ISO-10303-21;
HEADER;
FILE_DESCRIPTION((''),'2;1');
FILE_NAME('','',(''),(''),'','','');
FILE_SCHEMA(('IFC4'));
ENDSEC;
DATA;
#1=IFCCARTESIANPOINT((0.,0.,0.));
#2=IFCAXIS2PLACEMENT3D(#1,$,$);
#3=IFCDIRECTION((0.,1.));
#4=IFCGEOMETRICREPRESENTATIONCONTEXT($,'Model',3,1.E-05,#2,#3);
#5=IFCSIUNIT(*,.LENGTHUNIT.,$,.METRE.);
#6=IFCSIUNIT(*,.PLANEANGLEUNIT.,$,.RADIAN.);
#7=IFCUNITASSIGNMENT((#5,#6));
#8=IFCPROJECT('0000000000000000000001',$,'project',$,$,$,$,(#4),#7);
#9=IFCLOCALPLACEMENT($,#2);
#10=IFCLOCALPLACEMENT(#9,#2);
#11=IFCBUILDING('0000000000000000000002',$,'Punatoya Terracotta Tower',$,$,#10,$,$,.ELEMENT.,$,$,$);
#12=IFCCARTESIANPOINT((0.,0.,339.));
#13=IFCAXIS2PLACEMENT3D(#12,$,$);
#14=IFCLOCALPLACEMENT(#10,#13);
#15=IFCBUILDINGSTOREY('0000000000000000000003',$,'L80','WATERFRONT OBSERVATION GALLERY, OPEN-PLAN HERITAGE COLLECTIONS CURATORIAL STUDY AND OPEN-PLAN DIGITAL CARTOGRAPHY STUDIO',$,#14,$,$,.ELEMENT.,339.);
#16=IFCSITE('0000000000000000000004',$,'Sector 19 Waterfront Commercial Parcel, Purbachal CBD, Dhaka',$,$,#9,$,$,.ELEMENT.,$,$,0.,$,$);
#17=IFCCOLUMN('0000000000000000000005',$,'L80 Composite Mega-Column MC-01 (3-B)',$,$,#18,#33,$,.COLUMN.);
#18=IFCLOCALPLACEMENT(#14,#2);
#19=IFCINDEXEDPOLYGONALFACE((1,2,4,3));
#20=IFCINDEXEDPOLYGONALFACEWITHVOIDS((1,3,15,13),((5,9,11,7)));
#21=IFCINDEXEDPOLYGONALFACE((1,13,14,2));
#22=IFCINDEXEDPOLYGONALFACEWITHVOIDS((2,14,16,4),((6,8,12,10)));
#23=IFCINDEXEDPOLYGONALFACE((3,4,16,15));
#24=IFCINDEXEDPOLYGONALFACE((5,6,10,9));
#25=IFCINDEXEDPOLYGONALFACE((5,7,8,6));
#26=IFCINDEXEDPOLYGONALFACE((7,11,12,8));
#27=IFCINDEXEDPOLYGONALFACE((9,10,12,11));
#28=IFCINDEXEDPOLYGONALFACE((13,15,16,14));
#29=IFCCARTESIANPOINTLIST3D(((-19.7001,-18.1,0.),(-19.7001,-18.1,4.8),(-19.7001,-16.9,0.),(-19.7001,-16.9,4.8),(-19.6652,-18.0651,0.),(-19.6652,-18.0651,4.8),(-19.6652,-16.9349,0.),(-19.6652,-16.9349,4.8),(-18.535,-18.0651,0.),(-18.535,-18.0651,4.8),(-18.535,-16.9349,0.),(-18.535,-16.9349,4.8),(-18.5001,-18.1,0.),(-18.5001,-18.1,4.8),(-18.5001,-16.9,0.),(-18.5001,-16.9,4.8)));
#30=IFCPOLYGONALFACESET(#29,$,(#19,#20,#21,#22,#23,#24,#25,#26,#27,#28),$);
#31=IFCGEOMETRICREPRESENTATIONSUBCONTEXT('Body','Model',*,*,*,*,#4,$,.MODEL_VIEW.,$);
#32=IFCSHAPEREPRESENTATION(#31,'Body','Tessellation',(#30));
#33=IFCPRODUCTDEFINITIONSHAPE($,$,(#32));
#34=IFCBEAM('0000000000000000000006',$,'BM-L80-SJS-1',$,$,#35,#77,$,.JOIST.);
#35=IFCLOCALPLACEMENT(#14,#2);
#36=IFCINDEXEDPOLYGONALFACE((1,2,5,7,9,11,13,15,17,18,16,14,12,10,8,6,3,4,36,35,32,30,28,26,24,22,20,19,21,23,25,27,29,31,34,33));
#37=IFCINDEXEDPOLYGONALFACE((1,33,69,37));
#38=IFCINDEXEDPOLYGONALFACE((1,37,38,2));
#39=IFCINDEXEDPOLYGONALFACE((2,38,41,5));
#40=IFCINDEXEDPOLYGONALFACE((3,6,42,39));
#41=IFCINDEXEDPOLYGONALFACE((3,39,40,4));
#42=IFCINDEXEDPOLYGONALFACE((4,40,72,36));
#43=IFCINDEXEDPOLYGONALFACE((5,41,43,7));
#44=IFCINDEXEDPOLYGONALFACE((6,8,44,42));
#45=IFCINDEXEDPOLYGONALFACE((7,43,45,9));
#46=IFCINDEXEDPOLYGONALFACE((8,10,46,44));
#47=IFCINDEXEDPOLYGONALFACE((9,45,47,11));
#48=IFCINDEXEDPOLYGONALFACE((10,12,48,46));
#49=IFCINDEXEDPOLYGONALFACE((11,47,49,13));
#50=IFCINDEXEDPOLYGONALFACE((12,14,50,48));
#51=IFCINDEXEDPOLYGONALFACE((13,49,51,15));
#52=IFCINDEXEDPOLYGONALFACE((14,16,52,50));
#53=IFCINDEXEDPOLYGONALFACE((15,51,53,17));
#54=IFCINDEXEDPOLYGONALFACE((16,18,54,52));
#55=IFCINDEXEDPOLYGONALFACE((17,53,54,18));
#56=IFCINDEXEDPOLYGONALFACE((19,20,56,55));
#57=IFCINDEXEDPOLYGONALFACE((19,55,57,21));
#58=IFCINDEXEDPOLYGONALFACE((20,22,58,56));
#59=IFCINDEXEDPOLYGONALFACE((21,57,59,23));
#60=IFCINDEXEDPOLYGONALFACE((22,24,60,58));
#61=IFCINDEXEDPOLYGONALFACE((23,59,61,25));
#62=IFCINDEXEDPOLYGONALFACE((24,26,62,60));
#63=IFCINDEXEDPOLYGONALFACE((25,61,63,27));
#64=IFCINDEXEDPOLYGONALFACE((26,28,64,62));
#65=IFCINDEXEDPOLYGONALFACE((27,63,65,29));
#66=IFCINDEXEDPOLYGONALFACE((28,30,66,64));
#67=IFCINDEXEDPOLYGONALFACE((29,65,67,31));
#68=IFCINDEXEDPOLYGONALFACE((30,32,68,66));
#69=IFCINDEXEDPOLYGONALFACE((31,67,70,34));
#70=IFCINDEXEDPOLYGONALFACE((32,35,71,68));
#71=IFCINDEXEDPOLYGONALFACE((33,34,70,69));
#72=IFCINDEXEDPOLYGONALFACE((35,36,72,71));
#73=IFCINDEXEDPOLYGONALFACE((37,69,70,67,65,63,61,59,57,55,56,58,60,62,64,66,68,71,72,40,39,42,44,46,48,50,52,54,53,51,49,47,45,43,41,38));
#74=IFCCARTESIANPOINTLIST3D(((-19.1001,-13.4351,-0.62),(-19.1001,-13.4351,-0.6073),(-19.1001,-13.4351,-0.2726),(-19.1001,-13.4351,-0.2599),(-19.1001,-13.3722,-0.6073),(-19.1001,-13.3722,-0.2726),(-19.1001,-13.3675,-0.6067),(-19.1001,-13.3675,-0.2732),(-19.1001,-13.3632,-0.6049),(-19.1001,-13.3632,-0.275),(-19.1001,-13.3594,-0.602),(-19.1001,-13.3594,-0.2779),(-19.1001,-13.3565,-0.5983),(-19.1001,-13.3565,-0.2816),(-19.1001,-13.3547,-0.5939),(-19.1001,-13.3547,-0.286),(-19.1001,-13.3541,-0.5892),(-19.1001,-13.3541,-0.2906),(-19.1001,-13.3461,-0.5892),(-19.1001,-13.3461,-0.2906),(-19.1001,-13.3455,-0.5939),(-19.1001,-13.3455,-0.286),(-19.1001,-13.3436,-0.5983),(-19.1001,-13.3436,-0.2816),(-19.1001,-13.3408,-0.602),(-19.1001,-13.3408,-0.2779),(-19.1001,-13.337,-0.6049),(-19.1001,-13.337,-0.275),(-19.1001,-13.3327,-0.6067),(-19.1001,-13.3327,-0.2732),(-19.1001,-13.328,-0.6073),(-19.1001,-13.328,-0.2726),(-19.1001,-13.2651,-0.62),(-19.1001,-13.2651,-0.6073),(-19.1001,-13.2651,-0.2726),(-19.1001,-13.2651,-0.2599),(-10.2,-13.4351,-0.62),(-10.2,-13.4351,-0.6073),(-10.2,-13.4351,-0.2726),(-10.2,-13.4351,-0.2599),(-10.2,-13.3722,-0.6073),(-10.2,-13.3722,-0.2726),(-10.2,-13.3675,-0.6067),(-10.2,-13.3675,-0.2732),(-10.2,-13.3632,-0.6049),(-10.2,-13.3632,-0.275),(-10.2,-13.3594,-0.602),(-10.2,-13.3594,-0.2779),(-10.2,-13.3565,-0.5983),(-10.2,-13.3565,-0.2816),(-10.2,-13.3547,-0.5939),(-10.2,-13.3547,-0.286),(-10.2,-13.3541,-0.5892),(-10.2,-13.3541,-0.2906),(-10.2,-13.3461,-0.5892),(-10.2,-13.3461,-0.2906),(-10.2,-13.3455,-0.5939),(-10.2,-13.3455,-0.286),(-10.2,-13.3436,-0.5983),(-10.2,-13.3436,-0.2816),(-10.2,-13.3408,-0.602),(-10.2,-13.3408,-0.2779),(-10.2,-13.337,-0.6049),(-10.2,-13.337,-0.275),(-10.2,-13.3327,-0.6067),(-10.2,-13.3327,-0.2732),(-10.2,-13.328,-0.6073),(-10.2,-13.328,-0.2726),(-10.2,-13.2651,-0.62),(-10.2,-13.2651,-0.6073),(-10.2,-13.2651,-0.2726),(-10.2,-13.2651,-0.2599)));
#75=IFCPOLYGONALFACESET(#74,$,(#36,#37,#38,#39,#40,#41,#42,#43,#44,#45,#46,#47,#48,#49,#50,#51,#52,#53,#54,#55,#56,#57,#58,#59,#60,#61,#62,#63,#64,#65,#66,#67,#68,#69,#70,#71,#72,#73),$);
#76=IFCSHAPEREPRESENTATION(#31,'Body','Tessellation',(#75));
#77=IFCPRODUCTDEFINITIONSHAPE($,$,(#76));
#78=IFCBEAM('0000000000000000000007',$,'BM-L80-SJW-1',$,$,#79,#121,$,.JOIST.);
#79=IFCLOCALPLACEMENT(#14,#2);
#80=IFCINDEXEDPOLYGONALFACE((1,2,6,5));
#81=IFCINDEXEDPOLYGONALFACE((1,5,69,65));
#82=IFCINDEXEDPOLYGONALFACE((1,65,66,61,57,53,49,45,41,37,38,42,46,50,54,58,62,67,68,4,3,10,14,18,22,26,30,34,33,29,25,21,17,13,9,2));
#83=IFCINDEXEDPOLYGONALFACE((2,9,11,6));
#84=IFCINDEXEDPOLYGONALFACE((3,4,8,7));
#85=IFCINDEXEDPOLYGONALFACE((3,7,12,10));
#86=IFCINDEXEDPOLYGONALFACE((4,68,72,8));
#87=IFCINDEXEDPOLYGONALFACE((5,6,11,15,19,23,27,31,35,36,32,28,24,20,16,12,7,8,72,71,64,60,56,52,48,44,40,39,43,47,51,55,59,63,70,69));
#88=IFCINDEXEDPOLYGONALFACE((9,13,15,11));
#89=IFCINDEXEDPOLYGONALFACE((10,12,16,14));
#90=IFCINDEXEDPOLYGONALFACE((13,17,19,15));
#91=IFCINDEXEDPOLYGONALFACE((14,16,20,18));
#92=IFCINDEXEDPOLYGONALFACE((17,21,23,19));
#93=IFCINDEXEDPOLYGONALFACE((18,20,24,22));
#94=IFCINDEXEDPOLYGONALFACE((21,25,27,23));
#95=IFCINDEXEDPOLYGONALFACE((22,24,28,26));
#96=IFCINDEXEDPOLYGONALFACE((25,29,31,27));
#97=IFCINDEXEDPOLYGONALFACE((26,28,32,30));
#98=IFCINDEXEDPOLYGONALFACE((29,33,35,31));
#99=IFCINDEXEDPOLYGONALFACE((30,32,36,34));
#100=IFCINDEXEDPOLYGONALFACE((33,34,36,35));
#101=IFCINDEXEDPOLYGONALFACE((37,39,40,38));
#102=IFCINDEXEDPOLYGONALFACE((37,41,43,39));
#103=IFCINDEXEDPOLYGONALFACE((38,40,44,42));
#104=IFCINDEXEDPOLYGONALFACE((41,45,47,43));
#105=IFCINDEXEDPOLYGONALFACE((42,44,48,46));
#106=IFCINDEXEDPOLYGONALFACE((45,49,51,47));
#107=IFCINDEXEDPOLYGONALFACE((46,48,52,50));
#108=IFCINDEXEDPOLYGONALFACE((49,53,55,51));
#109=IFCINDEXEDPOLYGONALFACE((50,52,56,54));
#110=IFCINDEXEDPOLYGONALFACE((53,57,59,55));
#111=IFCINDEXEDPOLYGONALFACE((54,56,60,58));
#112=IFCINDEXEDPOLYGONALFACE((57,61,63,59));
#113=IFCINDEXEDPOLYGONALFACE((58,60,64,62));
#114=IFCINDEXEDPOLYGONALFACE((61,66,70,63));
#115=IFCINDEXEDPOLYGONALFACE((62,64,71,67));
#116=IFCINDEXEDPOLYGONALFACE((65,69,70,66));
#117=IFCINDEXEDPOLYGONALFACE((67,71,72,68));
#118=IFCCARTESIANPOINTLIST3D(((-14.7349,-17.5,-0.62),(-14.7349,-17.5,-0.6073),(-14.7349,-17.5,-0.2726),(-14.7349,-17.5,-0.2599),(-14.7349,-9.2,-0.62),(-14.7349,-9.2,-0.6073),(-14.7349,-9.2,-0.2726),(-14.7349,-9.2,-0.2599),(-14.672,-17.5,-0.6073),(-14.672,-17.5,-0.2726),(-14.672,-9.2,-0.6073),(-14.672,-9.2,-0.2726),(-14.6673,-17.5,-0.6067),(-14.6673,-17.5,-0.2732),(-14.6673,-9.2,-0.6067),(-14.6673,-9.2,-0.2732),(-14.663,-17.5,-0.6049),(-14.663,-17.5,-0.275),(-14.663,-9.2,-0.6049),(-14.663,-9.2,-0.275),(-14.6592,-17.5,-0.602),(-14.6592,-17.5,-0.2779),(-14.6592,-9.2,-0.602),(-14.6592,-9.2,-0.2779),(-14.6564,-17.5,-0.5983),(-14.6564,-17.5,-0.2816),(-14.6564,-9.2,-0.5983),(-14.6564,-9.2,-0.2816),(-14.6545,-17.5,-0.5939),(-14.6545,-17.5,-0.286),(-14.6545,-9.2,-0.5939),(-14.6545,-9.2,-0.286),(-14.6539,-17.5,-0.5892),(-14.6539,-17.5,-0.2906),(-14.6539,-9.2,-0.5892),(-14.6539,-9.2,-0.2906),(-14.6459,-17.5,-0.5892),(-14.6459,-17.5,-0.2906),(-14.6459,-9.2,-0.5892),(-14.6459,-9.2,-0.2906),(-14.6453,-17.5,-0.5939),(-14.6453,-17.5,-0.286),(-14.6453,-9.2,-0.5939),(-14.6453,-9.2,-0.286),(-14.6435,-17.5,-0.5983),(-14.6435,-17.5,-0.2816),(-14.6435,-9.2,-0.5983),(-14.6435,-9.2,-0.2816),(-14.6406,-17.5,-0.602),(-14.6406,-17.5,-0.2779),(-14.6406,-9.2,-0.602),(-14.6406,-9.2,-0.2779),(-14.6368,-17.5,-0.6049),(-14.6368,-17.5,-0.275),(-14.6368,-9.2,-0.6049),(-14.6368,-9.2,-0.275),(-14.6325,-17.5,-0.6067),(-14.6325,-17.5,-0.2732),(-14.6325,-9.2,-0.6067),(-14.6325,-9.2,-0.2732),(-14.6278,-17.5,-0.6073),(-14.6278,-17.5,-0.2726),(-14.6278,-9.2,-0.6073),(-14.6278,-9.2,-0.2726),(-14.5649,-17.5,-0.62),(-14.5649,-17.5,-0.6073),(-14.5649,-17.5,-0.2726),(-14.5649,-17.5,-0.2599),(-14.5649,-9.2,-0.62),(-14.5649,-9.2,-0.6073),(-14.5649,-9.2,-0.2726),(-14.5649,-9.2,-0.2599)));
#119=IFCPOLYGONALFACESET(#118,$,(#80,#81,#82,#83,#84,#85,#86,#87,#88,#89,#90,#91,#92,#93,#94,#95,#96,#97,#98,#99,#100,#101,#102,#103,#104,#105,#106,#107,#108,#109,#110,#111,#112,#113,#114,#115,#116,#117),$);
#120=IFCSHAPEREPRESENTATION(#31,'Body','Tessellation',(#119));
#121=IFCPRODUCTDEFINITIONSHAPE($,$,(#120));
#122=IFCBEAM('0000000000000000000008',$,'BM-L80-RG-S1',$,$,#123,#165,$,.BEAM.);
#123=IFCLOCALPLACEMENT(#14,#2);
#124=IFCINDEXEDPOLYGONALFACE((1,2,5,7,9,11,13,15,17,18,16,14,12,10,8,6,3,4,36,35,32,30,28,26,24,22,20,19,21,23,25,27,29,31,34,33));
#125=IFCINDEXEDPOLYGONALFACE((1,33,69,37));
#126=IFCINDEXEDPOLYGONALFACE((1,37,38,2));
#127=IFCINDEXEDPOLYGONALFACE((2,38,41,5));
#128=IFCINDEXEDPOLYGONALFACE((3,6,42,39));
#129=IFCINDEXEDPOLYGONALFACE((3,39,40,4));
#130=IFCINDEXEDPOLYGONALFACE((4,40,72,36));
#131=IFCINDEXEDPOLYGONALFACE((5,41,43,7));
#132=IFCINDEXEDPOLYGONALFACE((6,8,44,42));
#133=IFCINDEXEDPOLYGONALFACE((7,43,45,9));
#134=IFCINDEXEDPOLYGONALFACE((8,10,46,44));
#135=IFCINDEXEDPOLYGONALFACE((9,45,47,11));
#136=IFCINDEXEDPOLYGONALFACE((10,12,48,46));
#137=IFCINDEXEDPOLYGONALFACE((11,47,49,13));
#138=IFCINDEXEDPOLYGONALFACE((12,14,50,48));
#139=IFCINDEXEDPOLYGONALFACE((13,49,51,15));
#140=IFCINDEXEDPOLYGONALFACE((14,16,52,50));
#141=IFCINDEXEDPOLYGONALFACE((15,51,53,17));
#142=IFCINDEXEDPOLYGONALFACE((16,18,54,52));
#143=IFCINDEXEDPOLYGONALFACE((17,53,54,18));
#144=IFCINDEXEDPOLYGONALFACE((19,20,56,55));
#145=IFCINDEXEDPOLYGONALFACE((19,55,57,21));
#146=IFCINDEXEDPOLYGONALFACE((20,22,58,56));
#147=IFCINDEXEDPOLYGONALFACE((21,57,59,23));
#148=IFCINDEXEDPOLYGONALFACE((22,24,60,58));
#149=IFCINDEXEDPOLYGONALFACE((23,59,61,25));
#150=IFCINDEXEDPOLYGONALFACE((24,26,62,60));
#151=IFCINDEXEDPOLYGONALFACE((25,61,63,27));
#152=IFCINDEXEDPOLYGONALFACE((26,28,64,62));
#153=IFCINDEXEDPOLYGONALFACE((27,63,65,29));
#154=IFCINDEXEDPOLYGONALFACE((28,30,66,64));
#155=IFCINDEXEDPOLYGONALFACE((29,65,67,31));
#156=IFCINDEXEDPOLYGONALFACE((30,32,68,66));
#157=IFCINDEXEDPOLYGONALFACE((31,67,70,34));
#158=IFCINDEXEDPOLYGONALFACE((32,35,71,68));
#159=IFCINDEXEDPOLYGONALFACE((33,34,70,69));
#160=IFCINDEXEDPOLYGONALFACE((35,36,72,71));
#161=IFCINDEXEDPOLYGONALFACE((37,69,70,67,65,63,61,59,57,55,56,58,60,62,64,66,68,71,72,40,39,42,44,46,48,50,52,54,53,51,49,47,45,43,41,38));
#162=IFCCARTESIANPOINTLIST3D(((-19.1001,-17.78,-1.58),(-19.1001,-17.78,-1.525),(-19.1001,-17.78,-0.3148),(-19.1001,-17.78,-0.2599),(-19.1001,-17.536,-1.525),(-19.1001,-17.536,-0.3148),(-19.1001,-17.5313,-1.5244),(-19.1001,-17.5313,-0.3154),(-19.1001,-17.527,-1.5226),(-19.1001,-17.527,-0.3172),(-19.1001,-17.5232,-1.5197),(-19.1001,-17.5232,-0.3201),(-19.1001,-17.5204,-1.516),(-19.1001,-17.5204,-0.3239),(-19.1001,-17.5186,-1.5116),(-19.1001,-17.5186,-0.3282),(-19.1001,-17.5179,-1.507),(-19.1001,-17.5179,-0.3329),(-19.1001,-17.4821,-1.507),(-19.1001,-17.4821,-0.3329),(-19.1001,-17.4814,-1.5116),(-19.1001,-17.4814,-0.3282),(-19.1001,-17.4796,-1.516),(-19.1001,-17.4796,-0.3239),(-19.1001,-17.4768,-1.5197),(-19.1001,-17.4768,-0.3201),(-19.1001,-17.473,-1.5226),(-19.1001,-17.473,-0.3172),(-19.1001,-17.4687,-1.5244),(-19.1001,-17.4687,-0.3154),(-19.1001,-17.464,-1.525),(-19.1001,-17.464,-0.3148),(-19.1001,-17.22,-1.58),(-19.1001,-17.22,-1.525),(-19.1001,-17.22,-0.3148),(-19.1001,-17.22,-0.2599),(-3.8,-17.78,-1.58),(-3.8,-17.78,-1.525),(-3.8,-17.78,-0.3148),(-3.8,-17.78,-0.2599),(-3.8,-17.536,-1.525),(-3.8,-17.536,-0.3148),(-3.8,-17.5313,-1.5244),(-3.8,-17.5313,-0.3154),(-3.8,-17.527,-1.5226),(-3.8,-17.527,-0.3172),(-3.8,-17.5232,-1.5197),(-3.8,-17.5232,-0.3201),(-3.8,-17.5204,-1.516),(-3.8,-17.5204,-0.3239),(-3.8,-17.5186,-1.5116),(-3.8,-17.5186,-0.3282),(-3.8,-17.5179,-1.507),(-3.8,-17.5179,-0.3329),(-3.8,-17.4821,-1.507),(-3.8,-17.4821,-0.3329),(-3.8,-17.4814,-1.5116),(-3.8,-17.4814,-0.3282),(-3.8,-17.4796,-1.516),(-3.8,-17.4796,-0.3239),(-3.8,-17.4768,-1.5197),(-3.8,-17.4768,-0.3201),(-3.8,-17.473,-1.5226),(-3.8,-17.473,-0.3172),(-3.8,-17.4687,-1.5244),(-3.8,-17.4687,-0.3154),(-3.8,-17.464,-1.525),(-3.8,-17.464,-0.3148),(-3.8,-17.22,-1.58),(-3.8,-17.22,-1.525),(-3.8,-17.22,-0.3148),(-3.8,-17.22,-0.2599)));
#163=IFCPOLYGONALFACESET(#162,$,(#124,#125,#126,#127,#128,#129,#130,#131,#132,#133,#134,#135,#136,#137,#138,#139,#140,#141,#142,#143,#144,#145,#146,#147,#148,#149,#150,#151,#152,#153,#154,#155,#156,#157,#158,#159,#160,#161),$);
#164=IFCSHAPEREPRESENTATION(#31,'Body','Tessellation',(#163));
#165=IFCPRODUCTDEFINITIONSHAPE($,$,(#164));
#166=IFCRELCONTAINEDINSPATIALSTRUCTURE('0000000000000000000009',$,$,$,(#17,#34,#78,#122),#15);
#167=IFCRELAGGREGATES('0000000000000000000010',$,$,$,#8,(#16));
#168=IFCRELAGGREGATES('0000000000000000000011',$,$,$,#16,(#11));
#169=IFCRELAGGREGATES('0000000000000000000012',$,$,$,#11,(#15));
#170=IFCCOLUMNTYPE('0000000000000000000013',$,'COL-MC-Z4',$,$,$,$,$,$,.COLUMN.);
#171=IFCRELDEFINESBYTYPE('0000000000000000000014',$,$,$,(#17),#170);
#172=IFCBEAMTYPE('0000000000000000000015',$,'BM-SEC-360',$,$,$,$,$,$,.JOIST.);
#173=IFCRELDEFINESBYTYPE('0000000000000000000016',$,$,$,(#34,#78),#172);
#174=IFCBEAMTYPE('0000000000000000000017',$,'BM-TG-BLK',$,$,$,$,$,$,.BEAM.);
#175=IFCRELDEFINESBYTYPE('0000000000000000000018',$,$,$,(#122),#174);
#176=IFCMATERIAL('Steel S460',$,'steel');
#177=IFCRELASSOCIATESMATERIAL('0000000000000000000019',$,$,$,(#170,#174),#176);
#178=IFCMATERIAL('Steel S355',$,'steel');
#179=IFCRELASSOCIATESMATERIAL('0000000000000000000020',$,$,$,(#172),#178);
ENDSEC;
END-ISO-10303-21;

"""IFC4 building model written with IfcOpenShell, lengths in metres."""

from ifc_helpers import new_model, si_unit, direction, frame, origin, origin_2d, place, context, subcontext, project, spatial, hollow_rectangle, i_section, extrude, material, material_profile, profile_set, type_object, element, save


model = new_model("IFC4")

# Units and contexts
model_context = context("Model", 3, precision=1e-05, world=origin(), true_north=direction((0.0, 1.0)))
body_context = subcontext(model_context, "Body", "Model", "MODEL_VIEW")
ifc_project = project(units=[si_unit("LENGTHUNIT", "METRE"), si_unit("PLANEANGLEUNIT", "RADIAN")], contexts=[model_context])

# Site, building, storey
site_placement = place(None, origin())
site = spatial("IfcSite", under=ifc_project, at=site_placement, Name="Sector 19 Waterfront Commercial Parcel, Purbachal CBD, Dhaka", CompositionType="ELEMENT", RefElevation=0.0)
building_placement = place(site_placement, origin())
building = spatial("IfcBuilding", under=site, at=building_placement, Name="Punatoya Terracotta Tower", CompositionType="ELEMENT")
storey_placement = place(building_placement, frame((0.0, 0.0, 339.0)))
storey = spatial("IfcBuildingStorey", under=building, at=storey_placement, Name="L80", Description="WATERFRONT OBSERVATION GALLERY, OPEN-PLAN HERITAGE COLLECTIONS CURATORIAL STUDY AND OPEN-PLAN DIGITAL CARTOGRAPHY STUDIO", CompositionType="ELEMENT", Elevation=339.0)

# Column
ifc_material_1 = material(Name="Steel S460", Category="steel")
ifc_material_profile_1 = material_profile(ifc_material_1, hollow_rectangle(XDim=1.2, YDim=1.2, WallThickness=0.0349, at=origin_2d()))
ifc_profile_set_1 = profile_set([ifc_material_profile_1], Name="Steel S460")
column_type = type_object("IfcColumnType", Name="COL-MC-Z4", PredefinedType="COLUMN", material=ifc_profile_set_1)
column_placement = place(storey_placement, frame((-19.1001, -17.5, 0.0), z_axis=(0.0, 0.0, 1.0), x_axis=(1.0, 0.0, 0.0)))
element("IfcColumn", 1, at=column_placement, inside=storey, type_object=column_type, Name="L80 Composite Mega-Column MC-01 (3-B)", PredefinedType="COLUMN", context=body_context, shape_type="SweptSolid", body=[
    extrude(hollow_rectangle(XDim=1.2, YDim=1.2, WallThickness=0.0349, at=origin_2d()), origin(), (0.0, 0.0, 1.0), 4.8),
])

# Beams
ifc_material_2 = material(Name="Steel S355", Category="steel")
ifc_material_profile_2 = material_profile(ifc_material_2, i_section(OverallWidth=0.1699, OverallDepth=0.3601, WebThickness=0.0081, FlangeThickness=0.0127, FilletRadius=0.0181, at=origin_2d()))
ifc_profile_set_2 = profile_set([ifc_material_profile_2], Name="Steel S355")
beam_type_1 = type_object("IfcBeamType", Name="BM-SEC-360", PredefinedType="JOIST", material=ifc_profile_set_2)
beam_1_placement = place(storey_placement, frame((-19.1001, -13.3501, -0.4399), z_axis=(1.0, 0.0, 0.0), x_axis=(0.0, 1.0, 0.0)))
element("IfcBeam", 2, at=beam_1_placement, inside=storey, type_object=beam_type_1, Name="BM-L80-SJS-1", PredefinedType="JOIST", context=body_context, shape_type="SweptSolid", body=[
    extrude(i_section(OverallWidth=0.1699, OverallDepth=0.3601, WebThickness=0.0081, FlangeThickness=0.0127, FilletRadius=0.0181, at=origin_2d()), origin(), (0.0, 0.0, 1.0), 8.9001),
])
beam_2_placement = place(storey_placement, frame((-14.6499, -17.5, -0.4399), z_axis=(0.0, 1.0, 0.0), x_axis=(-1.0, 0.0, 0.0)))
element("IfcBeam", 3, at=beam_2_placement, inside=storey, type_object=beam_type_1, Name="BM-L80-SJW-1", PredefinedType="JOIST", context=body_context, shape_type="SweptSolid", body=[
    extrude(i_section(OverallWidth=0.1699, OverallDepth=0.3601, WebThickness=0.0081, FlangeThickness=0.0127, FilletRadius=0.0181, at=origin_2d()), origin(), (0.0, 0.0, 1.0), 8.3),
])
ifc_material_profile_3 = material_profile(ifc_material_1, i_section(OverallWidth=0.5601, OverallDepth=1.3201, WebThickness=0.0359, FlangeThickness=0.0549, FilletRadius=0.0181, at=origin_2d()))
ifc_profile_set_3 = profile_set([ifc_material_profile_3], Name="Steel S460")
beam_type_2 = type_object("IfcBeamType", Name="BM-TG-BLK", PredefinedType="BEAM", material=ifc_profile_set_3)
beam_3_placement = place(storey_placement, frame((-19.1001, -17.5, -0.9199), z_axis=(1.0, 0.0, 0.0), x_axis=(0.0, 1.0, 0.0)))
element("IfcBeam", 4, at=beam_3_placement, inside=storey, type_object=beam_type_2, Name="BM-L80-RG-S1", PredefinedType="BEAM", context=body_context, shape_type="SweptSolid", body=[
    extrude(i_section(OverallWidth=0.5601, OverallDepth=1.3201, WebThickness=0.0359, FlangeThickness=0.0549, FilletRadius=0.0181, at=origin_2d()), origin(), (0.0, 0.0, 1.0), 15.3),
])

save(model, "model.ifc")
